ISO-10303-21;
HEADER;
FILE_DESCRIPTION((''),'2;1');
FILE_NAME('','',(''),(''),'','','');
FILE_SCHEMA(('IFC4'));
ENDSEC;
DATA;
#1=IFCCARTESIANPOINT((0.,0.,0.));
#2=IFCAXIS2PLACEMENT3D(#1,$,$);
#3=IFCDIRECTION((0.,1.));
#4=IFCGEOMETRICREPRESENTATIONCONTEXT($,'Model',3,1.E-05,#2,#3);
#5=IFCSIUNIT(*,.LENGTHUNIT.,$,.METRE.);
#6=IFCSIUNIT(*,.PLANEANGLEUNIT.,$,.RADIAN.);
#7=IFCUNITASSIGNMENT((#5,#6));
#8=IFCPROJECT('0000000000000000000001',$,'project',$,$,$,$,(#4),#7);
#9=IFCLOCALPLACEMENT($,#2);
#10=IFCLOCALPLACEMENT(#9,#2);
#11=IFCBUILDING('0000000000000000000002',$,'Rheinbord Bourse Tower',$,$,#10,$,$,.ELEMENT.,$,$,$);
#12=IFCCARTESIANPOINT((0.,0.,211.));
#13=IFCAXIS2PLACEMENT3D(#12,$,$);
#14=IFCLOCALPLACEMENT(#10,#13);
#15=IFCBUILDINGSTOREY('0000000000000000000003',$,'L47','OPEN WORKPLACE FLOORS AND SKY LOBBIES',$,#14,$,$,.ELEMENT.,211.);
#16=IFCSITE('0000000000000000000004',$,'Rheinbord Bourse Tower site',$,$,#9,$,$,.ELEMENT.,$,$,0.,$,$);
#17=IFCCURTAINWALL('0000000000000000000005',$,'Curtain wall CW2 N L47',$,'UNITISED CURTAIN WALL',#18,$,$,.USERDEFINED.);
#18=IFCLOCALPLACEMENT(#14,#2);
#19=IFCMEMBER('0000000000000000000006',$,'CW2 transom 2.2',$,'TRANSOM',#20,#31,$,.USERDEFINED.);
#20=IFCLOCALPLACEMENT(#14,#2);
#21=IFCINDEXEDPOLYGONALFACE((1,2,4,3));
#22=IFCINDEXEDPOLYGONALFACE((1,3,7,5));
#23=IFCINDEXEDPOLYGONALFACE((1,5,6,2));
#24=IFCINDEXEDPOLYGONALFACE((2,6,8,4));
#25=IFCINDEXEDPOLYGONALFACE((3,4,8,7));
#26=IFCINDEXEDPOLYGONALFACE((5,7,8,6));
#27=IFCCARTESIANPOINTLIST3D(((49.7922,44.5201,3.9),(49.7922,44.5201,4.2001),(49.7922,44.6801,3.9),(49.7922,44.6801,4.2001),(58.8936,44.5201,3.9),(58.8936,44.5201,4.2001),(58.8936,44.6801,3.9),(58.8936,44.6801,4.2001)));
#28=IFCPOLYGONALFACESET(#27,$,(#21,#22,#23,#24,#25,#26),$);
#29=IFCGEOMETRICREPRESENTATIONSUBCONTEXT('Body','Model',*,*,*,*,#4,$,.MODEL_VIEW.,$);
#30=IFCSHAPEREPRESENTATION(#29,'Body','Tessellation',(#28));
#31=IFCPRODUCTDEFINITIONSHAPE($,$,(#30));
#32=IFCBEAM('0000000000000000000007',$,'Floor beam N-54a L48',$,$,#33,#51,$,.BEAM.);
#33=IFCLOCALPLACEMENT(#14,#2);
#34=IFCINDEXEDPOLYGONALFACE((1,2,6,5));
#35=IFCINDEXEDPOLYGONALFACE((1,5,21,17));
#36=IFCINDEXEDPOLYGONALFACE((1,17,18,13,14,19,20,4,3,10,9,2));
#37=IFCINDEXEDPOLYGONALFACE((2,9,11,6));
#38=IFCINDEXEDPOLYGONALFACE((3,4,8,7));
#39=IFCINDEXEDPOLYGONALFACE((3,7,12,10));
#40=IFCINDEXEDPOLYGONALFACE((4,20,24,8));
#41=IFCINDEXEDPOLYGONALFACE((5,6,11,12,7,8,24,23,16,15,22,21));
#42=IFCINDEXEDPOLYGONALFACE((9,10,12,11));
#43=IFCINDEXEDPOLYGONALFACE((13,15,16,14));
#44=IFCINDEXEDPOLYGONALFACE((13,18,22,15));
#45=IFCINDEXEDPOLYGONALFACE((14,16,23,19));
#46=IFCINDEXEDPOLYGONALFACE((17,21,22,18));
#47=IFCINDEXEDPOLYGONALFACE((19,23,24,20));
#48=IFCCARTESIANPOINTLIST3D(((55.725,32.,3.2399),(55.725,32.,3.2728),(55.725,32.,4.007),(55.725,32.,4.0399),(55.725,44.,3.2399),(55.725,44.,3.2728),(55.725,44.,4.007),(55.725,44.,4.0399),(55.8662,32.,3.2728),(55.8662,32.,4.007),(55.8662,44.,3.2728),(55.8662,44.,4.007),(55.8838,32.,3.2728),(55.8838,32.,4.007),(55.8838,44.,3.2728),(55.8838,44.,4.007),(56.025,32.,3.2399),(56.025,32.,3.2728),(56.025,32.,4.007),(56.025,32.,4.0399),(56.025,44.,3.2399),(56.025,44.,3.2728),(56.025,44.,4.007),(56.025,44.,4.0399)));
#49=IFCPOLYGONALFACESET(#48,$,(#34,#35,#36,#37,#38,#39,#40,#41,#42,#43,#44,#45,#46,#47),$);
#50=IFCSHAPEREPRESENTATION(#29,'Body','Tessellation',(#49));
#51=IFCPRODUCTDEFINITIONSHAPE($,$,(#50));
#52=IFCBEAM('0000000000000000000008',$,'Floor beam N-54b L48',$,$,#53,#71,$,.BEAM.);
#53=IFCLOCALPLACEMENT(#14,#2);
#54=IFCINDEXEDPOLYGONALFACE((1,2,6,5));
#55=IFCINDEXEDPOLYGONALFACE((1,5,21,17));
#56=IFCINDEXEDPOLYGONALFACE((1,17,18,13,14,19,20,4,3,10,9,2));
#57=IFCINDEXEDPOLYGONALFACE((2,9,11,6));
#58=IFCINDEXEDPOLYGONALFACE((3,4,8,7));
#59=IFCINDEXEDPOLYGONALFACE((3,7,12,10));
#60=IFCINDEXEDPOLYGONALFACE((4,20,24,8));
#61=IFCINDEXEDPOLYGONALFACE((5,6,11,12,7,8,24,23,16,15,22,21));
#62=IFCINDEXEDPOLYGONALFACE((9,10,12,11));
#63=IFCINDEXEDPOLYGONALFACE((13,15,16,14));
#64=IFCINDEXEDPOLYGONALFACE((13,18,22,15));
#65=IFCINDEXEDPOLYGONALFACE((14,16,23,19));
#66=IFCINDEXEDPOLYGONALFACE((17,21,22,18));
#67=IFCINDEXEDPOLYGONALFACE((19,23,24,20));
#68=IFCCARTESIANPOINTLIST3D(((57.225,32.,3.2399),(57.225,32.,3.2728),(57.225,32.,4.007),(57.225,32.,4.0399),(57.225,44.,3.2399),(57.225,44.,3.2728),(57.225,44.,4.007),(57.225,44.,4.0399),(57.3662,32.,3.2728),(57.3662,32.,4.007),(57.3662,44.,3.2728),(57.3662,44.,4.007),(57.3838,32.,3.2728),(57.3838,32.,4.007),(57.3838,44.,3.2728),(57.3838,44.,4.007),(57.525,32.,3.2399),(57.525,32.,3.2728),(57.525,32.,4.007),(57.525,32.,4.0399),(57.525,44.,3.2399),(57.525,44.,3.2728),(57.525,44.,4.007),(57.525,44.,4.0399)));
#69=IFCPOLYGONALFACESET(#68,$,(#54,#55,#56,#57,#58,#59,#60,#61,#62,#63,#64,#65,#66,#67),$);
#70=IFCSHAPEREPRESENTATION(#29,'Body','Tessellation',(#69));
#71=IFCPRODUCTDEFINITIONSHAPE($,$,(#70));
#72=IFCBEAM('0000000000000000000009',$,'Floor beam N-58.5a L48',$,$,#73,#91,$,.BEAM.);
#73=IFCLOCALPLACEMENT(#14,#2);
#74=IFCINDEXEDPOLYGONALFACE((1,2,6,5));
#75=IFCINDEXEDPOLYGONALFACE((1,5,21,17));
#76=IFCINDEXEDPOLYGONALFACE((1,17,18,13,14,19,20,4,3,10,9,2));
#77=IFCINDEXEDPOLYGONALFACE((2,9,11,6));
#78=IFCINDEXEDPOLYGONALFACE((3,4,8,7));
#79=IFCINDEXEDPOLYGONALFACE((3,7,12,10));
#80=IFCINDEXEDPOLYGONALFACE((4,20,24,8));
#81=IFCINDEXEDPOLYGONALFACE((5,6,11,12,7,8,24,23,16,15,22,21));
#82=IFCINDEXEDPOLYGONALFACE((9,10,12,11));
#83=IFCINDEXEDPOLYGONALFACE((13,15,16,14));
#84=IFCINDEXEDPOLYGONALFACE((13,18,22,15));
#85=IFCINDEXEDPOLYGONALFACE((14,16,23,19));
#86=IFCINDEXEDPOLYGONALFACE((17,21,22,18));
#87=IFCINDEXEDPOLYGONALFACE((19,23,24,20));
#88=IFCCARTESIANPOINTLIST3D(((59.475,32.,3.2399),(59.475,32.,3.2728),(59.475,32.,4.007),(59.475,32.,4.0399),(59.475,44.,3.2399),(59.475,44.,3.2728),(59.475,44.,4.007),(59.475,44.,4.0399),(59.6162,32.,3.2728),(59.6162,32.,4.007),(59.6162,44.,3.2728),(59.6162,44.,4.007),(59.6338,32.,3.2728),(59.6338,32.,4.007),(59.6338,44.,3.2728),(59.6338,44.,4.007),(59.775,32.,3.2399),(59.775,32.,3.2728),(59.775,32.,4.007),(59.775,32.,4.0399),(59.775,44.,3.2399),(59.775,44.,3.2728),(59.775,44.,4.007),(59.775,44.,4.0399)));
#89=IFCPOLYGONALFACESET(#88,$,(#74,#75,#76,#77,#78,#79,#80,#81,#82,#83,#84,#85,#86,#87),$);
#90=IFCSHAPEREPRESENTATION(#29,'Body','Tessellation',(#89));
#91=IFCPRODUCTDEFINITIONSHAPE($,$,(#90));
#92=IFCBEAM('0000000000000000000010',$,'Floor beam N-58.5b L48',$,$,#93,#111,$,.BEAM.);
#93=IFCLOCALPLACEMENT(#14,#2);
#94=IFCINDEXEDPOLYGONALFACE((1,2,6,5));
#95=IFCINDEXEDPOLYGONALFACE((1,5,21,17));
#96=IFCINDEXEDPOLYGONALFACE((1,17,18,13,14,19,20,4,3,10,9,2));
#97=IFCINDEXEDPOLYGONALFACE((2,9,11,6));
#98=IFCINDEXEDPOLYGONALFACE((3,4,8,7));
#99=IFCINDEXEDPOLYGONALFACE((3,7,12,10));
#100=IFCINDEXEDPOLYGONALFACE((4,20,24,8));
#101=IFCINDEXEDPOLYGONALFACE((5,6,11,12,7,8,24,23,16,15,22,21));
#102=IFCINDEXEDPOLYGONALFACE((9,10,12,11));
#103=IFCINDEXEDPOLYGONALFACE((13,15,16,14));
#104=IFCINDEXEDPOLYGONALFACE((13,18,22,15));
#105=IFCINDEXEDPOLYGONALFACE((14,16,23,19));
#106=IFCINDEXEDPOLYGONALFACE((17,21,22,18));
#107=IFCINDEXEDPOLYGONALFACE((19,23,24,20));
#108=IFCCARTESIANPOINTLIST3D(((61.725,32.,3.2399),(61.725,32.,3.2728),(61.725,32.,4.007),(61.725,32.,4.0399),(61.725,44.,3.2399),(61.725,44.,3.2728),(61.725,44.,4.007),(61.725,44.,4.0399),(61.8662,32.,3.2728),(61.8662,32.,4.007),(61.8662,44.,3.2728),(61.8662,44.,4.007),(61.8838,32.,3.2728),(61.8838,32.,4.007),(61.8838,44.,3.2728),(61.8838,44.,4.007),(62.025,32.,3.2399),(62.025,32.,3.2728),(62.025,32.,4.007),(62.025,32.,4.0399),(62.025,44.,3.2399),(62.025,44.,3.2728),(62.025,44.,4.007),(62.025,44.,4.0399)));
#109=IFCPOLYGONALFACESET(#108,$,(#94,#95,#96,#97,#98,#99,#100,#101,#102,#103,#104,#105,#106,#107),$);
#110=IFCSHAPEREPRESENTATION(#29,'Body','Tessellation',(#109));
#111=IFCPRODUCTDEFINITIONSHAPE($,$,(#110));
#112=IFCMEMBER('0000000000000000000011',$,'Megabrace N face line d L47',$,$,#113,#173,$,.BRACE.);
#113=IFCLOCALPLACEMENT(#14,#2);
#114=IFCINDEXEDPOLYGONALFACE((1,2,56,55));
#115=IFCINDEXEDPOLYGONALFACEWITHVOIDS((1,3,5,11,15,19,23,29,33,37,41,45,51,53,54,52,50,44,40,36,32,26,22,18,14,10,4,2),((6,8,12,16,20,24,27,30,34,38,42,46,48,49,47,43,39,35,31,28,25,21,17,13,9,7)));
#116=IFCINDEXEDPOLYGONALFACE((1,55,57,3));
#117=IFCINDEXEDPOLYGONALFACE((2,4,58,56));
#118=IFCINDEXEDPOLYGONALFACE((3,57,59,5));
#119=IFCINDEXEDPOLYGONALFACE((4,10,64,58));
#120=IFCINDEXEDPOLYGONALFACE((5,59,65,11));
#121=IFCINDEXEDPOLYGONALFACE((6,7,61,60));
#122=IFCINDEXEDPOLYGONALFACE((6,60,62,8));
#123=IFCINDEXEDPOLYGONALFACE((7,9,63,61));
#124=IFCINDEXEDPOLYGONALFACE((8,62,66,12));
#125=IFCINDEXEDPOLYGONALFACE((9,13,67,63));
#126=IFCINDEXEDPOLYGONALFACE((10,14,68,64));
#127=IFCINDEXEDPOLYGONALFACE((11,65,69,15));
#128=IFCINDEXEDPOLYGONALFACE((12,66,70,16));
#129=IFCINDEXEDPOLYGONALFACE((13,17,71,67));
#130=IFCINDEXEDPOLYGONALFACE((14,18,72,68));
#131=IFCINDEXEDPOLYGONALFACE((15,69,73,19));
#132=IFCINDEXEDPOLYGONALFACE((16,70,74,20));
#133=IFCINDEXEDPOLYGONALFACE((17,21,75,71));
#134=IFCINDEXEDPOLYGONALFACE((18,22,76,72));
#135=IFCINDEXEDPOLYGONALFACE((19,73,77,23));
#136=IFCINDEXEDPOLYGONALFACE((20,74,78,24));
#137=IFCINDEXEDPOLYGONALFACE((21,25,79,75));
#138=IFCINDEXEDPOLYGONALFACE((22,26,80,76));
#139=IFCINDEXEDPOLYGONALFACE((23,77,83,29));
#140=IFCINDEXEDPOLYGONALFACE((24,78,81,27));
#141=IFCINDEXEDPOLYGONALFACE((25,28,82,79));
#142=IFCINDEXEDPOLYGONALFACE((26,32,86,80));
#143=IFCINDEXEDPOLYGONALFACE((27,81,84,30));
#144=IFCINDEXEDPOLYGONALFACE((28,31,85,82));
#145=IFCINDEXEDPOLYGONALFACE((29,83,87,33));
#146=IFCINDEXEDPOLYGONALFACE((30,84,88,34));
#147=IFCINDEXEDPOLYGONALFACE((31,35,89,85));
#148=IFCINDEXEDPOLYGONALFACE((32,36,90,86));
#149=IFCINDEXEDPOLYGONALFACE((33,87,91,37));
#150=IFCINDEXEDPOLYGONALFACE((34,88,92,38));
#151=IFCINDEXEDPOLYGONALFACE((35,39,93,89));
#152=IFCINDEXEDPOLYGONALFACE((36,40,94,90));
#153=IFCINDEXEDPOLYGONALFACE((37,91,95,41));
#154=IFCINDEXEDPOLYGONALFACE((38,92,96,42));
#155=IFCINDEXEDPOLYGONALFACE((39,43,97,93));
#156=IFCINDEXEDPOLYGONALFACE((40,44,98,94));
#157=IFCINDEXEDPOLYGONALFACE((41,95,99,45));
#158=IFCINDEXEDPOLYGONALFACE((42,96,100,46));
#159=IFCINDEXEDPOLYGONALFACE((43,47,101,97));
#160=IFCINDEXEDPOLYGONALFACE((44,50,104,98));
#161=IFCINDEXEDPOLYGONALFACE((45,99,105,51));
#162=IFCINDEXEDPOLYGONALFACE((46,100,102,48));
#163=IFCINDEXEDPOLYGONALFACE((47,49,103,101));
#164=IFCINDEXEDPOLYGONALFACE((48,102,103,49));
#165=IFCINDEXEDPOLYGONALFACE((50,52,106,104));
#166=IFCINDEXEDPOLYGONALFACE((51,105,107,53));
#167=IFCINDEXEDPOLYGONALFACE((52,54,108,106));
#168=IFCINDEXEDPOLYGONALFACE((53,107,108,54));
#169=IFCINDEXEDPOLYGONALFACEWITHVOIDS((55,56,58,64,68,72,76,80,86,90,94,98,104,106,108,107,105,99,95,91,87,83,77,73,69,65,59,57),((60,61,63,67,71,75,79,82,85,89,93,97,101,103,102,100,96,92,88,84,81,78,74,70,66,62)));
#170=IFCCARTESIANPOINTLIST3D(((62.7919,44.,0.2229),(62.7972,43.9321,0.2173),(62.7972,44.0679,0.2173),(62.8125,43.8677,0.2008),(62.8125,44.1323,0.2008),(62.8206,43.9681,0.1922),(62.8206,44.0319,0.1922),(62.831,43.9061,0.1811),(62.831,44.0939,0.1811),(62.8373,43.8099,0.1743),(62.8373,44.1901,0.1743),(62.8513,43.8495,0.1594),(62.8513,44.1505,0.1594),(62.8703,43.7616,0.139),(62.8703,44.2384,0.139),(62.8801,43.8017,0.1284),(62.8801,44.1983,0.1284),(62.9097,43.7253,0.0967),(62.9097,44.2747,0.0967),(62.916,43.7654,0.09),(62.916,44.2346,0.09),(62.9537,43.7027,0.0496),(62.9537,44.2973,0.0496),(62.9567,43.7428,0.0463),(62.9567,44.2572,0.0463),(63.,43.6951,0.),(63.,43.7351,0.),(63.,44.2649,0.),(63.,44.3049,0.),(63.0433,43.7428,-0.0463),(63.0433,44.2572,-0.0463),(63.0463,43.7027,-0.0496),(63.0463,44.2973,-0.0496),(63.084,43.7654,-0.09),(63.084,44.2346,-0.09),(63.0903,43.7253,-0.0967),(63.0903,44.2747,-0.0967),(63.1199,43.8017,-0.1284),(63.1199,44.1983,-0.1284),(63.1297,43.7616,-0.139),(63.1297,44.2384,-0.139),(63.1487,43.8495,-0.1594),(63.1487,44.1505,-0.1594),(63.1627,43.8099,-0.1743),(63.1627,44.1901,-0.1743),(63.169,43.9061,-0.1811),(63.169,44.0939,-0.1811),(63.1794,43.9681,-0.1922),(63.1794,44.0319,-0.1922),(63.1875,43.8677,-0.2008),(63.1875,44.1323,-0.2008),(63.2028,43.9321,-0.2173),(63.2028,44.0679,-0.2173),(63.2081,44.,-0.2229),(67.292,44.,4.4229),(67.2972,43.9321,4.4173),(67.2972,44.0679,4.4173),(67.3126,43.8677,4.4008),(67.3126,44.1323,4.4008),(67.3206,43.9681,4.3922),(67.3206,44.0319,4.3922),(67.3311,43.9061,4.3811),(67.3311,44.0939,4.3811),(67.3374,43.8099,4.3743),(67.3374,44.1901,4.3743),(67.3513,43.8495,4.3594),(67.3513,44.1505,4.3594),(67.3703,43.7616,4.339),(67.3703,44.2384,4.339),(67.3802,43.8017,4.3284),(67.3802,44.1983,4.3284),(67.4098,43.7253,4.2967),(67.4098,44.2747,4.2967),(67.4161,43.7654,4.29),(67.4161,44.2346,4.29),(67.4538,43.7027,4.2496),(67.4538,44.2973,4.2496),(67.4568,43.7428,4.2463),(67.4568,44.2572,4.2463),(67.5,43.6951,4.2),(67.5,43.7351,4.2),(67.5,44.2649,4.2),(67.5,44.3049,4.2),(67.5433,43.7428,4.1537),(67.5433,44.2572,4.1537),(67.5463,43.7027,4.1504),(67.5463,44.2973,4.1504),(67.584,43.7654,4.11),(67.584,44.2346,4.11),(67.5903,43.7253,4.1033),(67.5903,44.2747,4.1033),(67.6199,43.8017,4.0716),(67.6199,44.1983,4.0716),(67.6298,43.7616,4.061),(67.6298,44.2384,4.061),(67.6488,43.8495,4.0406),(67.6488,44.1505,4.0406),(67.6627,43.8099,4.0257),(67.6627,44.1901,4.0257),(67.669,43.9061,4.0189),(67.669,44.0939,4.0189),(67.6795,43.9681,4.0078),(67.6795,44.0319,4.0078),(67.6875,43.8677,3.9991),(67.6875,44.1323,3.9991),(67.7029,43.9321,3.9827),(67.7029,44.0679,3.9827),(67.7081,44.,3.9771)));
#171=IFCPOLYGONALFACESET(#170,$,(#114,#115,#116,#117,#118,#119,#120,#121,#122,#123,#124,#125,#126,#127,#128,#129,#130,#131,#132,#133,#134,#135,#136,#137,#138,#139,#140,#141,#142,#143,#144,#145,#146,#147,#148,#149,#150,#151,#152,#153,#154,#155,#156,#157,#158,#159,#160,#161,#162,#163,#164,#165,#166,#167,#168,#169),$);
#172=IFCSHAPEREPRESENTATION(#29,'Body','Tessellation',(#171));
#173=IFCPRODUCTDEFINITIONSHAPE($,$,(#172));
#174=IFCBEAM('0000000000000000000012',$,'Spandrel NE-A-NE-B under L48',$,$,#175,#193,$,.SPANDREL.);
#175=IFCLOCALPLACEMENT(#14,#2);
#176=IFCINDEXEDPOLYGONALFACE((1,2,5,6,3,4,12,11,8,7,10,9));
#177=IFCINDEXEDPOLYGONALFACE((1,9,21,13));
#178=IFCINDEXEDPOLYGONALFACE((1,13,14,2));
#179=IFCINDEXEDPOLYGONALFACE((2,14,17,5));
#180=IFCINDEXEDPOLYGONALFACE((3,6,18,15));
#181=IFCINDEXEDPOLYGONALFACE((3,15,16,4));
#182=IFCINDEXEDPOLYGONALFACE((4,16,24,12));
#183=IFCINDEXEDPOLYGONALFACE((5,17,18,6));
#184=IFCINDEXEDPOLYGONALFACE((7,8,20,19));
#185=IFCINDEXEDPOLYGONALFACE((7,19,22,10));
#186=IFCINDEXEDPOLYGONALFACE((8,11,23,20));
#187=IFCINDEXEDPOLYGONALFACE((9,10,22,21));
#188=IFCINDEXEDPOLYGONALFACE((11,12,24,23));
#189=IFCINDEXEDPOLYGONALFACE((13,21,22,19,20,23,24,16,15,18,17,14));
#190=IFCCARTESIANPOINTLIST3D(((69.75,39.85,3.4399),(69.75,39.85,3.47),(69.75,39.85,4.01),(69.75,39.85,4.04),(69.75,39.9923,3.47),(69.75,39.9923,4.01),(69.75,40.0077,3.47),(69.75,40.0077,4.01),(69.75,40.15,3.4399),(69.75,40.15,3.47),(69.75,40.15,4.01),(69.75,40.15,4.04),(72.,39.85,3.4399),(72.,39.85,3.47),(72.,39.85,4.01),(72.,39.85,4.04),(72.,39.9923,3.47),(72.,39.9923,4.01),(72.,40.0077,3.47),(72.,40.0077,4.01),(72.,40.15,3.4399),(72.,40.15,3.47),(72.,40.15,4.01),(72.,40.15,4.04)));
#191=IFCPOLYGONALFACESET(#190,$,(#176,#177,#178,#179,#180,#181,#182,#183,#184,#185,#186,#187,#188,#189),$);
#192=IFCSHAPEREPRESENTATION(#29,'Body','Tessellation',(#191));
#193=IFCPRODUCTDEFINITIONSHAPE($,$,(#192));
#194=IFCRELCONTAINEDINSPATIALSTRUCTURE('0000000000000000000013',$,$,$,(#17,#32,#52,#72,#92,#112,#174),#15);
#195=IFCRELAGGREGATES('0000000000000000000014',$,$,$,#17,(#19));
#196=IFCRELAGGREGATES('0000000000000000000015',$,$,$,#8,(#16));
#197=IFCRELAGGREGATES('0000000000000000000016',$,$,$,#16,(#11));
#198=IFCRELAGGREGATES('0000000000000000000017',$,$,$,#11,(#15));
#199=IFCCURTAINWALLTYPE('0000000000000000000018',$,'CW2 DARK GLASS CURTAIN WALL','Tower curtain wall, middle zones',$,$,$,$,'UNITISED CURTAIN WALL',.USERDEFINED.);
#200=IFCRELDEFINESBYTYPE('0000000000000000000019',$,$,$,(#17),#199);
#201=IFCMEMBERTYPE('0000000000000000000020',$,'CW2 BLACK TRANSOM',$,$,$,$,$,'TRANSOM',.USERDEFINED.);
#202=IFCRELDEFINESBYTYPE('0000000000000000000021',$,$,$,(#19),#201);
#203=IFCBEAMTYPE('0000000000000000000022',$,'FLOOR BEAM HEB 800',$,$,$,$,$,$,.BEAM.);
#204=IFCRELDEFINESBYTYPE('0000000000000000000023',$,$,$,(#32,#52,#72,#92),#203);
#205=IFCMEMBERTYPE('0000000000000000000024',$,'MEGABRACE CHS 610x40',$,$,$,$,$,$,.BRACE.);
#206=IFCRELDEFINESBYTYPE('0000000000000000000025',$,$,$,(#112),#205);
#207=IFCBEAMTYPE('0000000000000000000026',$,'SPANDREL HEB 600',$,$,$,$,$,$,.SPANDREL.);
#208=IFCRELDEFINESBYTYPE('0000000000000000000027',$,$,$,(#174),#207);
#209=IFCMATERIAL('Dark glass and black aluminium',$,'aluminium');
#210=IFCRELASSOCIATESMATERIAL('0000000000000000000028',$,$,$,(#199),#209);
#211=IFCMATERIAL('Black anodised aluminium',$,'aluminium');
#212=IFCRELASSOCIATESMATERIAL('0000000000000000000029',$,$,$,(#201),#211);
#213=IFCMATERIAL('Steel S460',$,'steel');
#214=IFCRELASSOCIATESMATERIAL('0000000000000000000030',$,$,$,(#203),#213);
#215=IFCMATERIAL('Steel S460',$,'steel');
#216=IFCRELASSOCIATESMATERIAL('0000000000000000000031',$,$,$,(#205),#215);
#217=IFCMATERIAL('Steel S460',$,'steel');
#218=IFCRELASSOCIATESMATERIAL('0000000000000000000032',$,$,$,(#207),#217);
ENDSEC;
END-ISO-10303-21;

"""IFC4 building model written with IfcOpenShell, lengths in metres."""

from ifc_helpers import new_model, si_unit, direction, frame, origin, origin_2d, place, context, subcontext, project, spatial, rectangle, hollow_circle, i_section, extrude, material, material_profile, profile_set, type_object, element, aggregate, save


model = new_model("IFC4")

# Units and contexts
model_context = context("Model", 3, precision=1e-05, world=origin(), true_north=direction((0.0, 1.0)))
body_context = subcontext(model_context, "Body", "Model", "MODEL_VIEW")
ifc_project = project(units=[si_unit("LENGTHUNIT", "METRE"), si_unit("PLANEANGLEUNIT", "RADIAN")], contexts=[model_context])

# Site, building, storey
site_placement = place(None, origin())
site = spatial("IfcSite", under=ifc_project, at=site_placement, Name="Rheinbord Bourse Tower site", CompositionType="ELEMENT", RefElevation=0.0)
building_placement = place(site_placement, origin())
building = spatial("IfcBuilding", under=site, at=building_placement, Name="Rheinbord Bourse Tower", CompositionType="ELEMENT")
storey_placement = place(building_placement, frame((0.0, 0.0, 211.0)))
storey = spatial("IfcBuildingStorey", under=building, at=storey_placement, Name="L47", Description="OPEN WORKPLACE FLOORS AND SKY LOBBIES", CompositionType="ELEMENT", Elevation=211.0)

# Curtain wall
ifc_material_1 = material(Name="Dark glass and black aluminium", Category="aluminium")
curtain_wall_type = type_object("IfcCurtainWallType", Name="CW2 DARK GLASS CURTAIN WALL", Description="Tower curtain wall, middle zones", ElementType="UNITISED CURTAIN WALL", PredefinedType="USERDEFINED", material=ifc_material_1)
curtain_wall_1_placement = place(storey_placement, origin())
curtain_wall_1 = element("IfcCurtainWall", 1, at=curtain_wall_1_placement, inside=storey, type_object=curtain_wall_type, Name="Curtain wall CW2 N L47", ObjectType="UNITISED CURTAIN WALL", PredefinedType="USERDEFINED")

# Member
ifc_material_2 = material(Name="Black anodised aluminium", Category="aluminium")
ifc_material_profile_1 = material_profile(ifc_material_2, rectangle(XDim=0.1599, YDim=0.3, at=origin_2d()), Name="CW2 TRANSOM 300x160")
ifc_profile_set_1 = profile_set([ifc_material_profile_1], Name="Black anodised aluminium")
member_type_1 = type_object("IfcMemberType", Name="CW2 BLACK TRANSOM", ElementType="TRANSOM", PredefinedType="USERDEFINED", material=ifc_profile_set_1)
member_1_placement = place(storey_placement, frame((58.8936, 44.6001, 4.05), z_axis=(-1.0, 0.0, 0.0), x_axis=(0.0, -1.0, 0.0)))
member_1 = element("IfcMember", 2, at=member_1_placement, type_object=member_type_1, Name="CW2 transom 2.2", ObjectType="TRANSOM", PredefinedType="USERDEFINED", context=body_context, shape_type="SweptSolid", body=[
    extrude(rectangle(XDim=0.1599, YDim=0.3, at=origin_2d()), origin(), (0.0, 0.0, 1.0), 9.1013),
])

# Beams
ifc_material_3 = material(Name="Steel S460", Category="steel")
ifc_material_profile_2 = material_profile(ifc_material_3, i_section(OverallWidth=0.3, OverallDepth=0.8, WebThickness=0.0176, FlangeThickness=0.033, at=origin_2d()), Name="HEB 800")
ifc_profile_set_2 = profile_set([ifc_material_profile_2], Name="Steel S460")
beam_type_1 = type_object("IfcBeamType", Name="FLOOR BEAM HEB 800", PredefinedType="BEAM", material=ifc_profile_set_2)
for number, where, z_axis, x_axis, name in (
    (3, (55.875, 44.0, 3.6399), (0.0, -1.0, 0.0), (1.0, 0.0, 0.0), "Floor beam N-54a L48"),
    (4, (57.375, 44.0, 3.6399), (0.0, -1.0, 0.0), (1.0, 0.0, 0.0), "Floor beam N-54b L48"),
    (5, (59.625, 44.0, 3.6399), (0.0, -1.0, 0.0), (1.0, 0.0, 0.0), "Floor beam N-58.5a L48"),
    (6, (61.875, 44.0, 3.6399), (0.0, -1.0, 0.0), (1.0, 0.0, 0.0), "Floor beam N-58.5b L48"),
):
    element("IfcBeam", number, at=place(storey_placement, frame(where, z_axis=z_axis, x_axis=x_axis)), inside=storey, type_object=beam_type_1, Name=name, PredefinedType="BEAM", context=body_context, shape_type="SweptSolid", body=[
        extrude(i_section(OverallWidth=0.3, OverallDepth=0.8, WebThickness=0.0176, FlangeThickness=0.033, at=origin_2d()), origin(), (0.0, 0.0, 1.0), 12.0),
    ])

# Member
ifc_material_4 = material(Name="Steel S460", Category="steel")
ifc_material_profile_3 = material_profile(ifc_material_4, hollow_circle(Radius=0.3049, WallThickness=0.04, at=origin_2d()), Name="CHS 610x40")
ifc_profile_set_3 = profile_set([ifc_material_profile_3], Name="Steel S460")
member_type_2 = type_object("IfcMemberType", Name="MEGABRACE CHS 610x40", PredefinedType="BRACE", material=ifc_profile_set_3)
member_2_placement = place(storey_placement, frame((63.0, 44.0, 0.0), z_axis=(0.731059, 0.0, 0.682314), x_axis=(0.0, 1.0, 0.0)))
element("IfcMember", 7, at=member_2_placement, inside=storey, type_object=member_type_2, Name="Megabrace N face line d L47", PredefinedType="BRACE", context=body_context, shape_type="SweptSolid", body=[
    extrude(hollow_circle(Radius=0.3049, WallThickness=0.04, at=origin_2d()), origin(), (0.0, 0.0, 1.0), 6.1555),
])

# Beam
ifc_material_5 = material(Name="Steel S460", Category="steel")
ifc_material_profile_4 = material_profile(ifc_material_5, i_section(OverallWidth=0.3, OverallDepth=0.6001, WebThickness=0.0154, FlangeThickness=0.03, at=origin_2d()), Name="HEB 600")
ifc_profile_set_4 = profile_set([ifc_material_profile_4], Name="Steel S460")
beam_type_2 = type_object("IfcBeamType", Name="SPANDREL HEB 600", PredefinedType="SPANDREL", material=ifc_profile_set_4)
for number, where, z_axis, x_axis, name in (
    (8, (72.0, 40.0, 3.74), (-1.0, 0.0, 0.0), (0.0, -1.0, 0.0), "Spandrel NE-A-NE-B under L48"),
):
    element("IfcBeam", number, at=place(storey_placement, frame(where, z_axis=z_axis, x_axis=x_axis)), inside=storey, type_object=beam_type_2, Name=name, PredefinedType="SPANDREL", context=body_context, shape_type="SweptSolid", body=[
        extrude(i_section(OverallWidth=0.3, OverallDepth=0.6001, WebThickness=0.0154, FlangeThickness=0.03, at=origin_2d()), origin(), (0.0, 0.0, 1.0), 2.25),
    ])

aggregate(curtain_wall_1, [member_1])

save(model, "model.ifc")
